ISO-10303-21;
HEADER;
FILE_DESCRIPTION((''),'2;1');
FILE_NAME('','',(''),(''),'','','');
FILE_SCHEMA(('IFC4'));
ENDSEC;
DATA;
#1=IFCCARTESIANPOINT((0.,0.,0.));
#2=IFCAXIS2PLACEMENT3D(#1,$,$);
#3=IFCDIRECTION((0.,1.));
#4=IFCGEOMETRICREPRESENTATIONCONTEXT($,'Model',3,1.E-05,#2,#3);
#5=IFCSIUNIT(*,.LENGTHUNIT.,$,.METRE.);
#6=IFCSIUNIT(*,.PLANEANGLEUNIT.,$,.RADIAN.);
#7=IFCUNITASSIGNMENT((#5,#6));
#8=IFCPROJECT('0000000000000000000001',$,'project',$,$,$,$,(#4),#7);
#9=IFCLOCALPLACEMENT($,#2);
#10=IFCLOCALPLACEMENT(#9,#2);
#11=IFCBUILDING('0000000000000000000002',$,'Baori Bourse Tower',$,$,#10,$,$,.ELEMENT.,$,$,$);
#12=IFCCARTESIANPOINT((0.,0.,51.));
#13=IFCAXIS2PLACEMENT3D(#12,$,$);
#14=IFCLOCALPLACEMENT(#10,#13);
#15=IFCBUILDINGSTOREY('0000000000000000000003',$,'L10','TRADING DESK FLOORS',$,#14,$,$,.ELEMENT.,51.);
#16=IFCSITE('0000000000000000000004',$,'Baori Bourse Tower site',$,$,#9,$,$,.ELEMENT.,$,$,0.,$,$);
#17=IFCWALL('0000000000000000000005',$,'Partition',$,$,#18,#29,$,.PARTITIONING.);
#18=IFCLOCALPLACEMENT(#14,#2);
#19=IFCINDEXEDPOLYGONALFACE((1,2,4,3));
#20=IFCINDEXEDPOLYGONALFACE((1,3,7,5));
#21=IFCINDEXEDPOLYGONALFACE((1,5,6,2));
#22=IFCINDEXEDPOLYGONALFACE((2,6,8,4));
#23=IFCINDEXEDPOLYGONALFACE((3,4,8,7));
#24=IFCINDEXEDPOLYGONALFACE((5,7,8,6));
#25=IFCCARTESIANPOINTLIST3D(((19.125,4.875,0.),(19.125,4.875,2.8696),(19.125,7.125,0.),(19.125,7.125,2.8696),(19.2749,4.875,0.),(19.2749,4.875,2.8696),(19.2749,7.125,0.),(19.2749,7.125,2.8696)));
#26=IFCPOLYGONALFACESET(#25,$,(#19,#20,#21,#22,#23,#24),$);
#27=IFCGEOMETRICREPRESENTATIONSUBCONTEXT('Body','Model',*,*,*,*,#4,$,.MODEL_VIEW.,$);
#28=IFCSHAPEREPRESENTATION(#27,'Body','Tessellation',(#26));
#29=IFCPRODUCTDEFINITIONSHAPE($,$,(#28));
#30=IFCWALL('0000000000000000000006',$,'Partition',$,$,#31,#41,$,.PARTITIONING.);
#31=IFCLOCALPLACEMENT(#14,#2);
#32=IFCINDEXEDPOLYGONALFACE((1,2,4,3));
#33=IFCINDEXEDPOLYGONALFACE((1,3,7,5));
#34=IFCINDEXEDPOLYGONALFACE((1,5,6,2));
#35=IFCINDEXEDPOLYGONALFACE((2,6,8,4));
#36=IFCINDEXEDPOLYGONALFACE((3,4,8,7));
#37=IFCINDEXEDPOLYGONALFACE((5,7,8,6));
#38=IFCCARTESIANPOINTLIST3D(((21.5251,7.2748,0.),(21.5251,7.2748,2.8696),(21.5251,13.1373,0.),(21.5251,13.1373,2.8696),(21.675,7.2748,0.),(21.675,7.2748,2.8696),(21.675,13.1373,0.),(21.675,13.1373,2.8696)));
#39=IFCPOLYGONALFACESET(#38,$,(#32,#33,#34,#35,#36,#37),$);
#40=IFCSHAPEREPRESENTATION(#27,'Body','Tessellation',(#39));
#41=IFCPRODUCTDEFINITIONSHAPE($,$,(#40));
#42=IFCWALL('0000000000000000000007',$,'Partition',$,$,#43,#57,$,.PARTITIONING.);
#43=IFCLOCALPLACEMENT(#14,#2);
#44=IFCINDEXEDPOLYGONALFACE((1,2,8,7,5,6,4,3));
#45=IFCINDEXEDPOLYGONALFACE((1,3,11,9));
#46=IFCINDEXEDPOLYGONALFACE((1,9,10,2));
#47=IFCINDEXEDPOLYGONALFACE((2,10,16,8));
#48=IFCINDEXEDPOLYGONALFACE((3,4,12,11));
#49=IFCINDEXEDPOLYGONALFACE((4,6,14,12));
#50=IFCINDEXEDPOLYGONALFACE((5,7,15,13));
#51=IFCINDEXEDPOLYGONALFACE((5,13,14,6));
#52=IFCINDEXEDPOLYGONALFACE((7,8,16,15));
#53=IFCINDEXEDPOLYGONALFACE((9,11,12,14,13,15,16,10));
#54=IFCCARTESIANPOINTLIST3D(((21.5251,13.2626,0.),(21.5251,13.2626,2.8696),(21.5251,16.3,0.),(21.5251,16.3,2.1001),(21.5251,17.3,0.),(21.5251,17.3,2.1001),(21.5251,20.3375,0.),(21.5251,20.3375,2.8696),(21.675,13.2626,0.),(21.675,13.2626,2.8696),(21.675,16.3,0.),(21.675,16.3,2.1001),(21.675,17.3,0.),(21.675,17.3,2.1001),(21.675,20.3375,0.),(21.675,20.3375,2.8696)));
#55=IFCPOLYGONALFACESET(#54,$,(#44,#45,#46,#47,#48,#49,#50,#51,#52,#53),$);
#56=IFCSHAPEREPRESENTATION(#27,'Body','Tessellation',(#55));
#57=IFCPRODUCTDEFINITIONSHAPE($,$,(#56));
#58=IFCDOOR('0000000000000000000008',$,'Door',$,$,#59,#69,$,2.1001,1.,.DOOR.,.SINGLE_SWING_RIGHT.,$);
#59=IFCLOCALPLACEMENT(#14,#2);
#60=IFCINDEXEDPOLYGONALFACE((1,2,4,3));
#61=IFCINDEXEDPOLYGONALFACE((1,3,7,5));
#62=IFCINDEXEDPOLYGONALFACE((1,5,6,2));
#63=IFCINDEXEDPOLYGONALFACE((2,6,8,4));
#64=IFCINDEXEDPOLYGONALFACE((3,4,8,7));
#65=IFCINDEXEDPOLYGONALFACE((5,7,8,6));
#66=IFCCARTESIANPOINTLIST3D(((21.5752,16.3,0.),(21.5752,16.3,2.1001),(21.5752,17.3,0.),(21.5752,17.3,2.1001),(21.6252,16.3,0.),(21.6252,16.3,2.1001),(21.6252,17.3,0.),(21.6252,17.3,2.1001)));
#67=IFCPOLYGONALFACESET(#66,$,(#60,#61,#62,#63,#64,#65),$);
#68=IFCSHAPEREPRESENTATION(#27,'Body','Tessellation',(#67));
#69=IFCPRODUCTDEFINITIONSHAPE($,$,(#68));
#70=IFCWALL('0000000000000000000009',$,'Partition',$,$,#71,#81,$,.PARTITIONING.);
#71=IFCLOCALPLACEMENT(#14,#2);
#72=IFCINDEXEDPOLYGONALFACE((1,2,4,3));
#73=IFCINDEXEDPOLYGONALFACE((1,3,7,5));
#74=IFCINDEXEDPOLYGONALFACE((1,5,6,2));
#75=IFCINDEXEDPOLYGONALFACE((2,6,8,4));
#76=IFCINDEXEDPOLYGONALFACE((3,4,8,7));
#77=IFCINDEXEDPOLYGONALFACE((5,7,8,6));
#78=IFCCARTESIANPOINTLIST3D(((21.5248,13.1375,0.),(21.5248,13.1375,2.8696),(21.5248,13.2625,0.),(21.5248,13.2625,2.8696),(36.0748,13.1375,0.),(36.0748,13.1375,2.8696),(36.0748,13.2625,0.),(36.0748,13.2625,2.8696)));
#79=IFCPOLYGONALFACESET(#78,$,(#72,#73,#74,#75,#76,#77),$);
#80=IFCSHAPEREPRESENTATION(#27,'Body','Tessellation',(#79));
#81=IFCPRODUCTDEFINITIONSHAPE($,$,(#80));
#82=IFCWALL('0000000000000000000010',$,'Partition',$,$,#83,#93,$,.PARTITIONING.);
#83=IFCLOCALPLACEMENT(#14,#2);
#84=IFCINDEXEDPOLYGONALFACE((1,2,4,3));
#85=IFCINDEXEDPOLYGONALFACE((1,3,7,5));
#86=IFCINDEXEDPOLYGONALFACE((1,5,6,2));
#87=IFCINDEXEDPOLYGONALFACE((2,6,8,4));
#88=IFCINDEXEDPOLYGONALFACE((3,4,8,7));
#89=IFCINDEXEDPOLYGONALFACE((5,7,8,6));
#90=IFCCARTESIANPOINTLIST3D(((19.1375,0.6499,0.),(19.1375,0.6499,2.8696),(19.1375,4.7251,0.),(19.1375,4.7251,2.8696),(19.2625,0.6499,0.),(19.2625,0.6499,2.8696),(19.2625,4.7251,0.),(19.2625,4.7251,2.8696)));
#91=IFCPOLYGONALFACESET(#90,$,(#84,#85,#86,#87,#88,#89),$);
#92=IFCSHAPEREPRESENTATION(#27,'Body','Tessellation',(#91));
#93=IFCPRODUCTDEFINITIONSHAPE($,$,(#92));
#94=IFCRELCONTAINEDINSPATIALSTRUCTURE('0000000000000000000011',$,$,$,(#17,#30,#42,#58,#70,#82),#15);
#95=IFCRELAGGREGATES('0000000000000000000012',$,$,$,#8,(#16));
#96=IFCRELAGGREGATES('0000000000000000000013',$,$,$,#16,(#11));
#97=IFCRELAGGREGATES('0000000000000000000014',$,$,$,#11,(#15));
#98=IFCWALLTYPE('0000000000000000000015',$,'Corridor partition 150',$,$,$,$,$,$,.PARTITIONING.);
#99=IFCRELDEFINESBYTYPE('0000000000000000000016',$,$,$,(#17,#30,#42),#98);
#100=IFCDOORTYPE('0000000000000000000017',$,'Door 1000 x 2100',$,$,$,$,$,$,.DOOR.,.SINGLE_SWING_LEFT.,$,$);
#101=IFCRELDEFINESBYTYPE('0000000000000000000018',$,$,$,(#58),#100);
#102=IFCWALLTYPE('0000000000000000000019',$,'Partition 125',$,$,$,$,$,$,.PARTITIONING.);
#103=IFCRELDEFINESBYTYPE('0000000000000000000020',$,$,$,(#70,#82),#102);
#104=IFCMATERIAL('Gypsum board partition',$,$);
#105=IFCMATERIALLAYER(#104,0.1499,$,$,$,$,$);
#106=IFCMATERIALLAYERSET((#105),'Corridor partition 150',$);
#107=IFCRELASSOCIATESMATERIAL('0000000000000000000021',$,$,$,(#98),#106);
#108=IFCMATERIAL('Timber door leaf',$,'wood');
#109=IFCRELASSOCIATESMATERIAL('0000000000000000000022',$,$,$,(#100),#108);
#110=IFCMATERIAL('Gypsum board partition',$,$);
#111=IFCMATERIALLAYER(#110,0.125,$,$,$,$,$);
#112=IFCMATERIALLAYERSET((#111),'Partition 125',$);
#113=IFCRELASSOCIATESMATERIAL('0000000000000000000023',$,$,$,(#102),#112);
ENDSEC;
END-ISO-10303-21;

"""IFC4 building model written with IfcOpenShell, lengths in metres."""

from ifc_helpers import new_model, si_unit, direction, frame, frame_2d, origin, place, context, subcontext, project, spatial, rectangle, extrude, material, layer, layer_set, type_object, element, fill, save


model = new_model("IFC4")

# Units and contexts
model_context = context("Model", 3, precision=1e-05, world=origin(), true_north=direction((0.0, 1.0)))
body_context = subcontext(model_context, "Body", "Model", "MODEL_VIEW")
ifc_project = project(units=[si_unit("LENGTHUNIT", "METRE"), si_unit("PLANEANGLEUNIT", "RADIAN")], contexts=[model_context])

# Site, building, storey
site_placement = place(None, origin())
site = spatial("IfcSite", under=ifc_project, at=site_placement, Name="Baori Bourse Tower site", CompositionType="ELEMENT", RefElevation=0.0)
building_placement = place(site_placement, origin())
building = spatial("IfcBuilding", under=site, at=building_placement, Name="Baori Bourse Tower", CompositionType="ELEMENT")
storey_placement = place(building_placement, frame((0.0, 0.0, 51.0)))
storey = spatial("IfcBuildingStorey", under=building, at=storey_placement, Name="L10", Description="TRADING DESK FLOORS", CompositionType="ELEMENT", Elevation=51.0)

# Shared definitions
ifc_material_1 = material(Name="Gypsum board partition")
ifc_layer_1 = layer(ifc_material_1, 0.1499)
ifc_layer_set_1 = layer_set([ifc_layer_1], Name="Corridor partition 150")
wall_type_1 = type_object("IfcWallType", Name="Corridor partition 150", PredefinedType="PARTITIONING", material=ifc_layer_set_1)
ifc_material_2 = material(Name="Timber door leaf", Category="wood")
door_type_1 = type_object("IfcDoorType", Name="Door 1000 x 2100", OperationType="SINGLE_SWING_LEFT", PredefinedType="DOOR", material=ifc_material_2)

# Walls
wall_1_placement = place(storey_placement, frame((19.2, 4.875, 0.0), z_axis=(0.0, 0.0, 1.0), x_axis=(0.0, 1.0, 0.0)))
element("IfcWall", 1, at=wall_1_placement, inside=storey, type_object=wall_type_1, Name="Partition", PredefinedType="PARTITIONING", context=body_context, shape_type="SweptSolid", body=[
    extrude(rectangle(XDim=2.25, YDim=0.1499, at=frame_2d((1.125, 0.0))), origin(), (0.0, 0.0, 1.0), 2.8696),
])
wall_2_placement = place(storey_placement, frame((21.6001, 7.2749, 0.0), z_axis=(0.0, 0.0, 1.0), x_axis=(0.0, 1.0, 0.0)))
element("IfcWall", 2, at=wall_2_placement, inside=storey, type_object=wall_type_1, Name="Partition", PredefinedType="PARTITIONING", context=body_context, shape_type="SweptSolid", body=[
    extrude(rectangle(XDim=5.8625, YDim=0.1499, at=frame_2d((2.9312, 0.0))), origin(), (0.0, 0.0, 1.0), 2.8696),
])

# Wall, opening, door
wall_3_placement = place(storey_placement, frame((21.6001, 13.2625, 0.0), z_axis=(0.0, 0.0, 1.0), x_axis=(0.0, 1.0, 0.0)))
wall_3 = element("IfcWall", 3, at=wall_3_placement, inside=storey, type_object=wall_type_1, Name="Partition", PredefinedType="PARTITIONING", context=body_context, shape_type="SweptSolid", body=[
    extrude(rectangle(XDim=7.075, YDim=0.1499, at=frame_2d((3.5376, 0.0))), origin(), (0.0, 0.0, 1.0), 2.8696),
])
opening_1_placement = place(wall_3_placement, frame((3.0376, 0.0, 0.0)))
opening_1 = element("IfcOpeningElement", 4, at=opening_1_placement, cuts=wall_3, PredefinedType="OPENING", context=body_context, shape_type="SweptSolid", body=[
    extrude(rectangle(XDim=1.0, YDim=2.1001, at=frame_2d((0.5, 1.05))), frame((0.0, 0.085, 0.0), z_axis=(0.0, -1.0, 0.0), x_axis=(1.0, 0.0, 0.0)), (0.0, 0.0, 1.0), 0.1699),
])
door_1_placement = place(opening_1_placement, origin())
door_1 = element("IfcDoor", 5, at=door_1_placement, inside=storey, type_object=door_type_1, Name="Door", OperationType="SINGLE_SWING_RIGHT", OverallHeight=2.1001, OverallWidth=1.0, PredefinedType="DOOR", context=body_context, shape_type="SweptSolid", body=[
    extrude(rectangle(XDim=1.0, YDim=2.1001, at=frame_2d((0.5, 1.05))), frame((0.0, 0.0249, 0.0), z_axis=(0.0, -1.0, 0.0), x_axis=(1.0, 0.0, 0.0)), (0.0, 0.0, 1.0), 0.05),
])
fill(opening_1, door_1)

# Walls
ifc_material_3 = material(Name="Gypsum board partition")
ifc_layer_2 = layer(ifc_material_3, 0.125)
ifc_layer_set_2 = layer_set([ifc_layer_2], Name="Partition 125")
wall_type_2 = type_object("IfcWallType", Name="Partition 125", PredefinedType="PARTITIONING", material=ifc_layer_set_2)
wall_4_placement = place(storey_placement, frame((21.5249, 13.2, 0.0), z_axis=(0.0, 0.0, 1.0), x_axis=(1.0, 0.0, 0.0)))
element("IfcWall", 6, at=wall_4_placement, inside=storey, type_object=wall_type_2, Name="Partition", PredefinedType="PARTITIONING", context=body_context, shape_type="SweptSolid", body=[
    extrude(rectangle(XDim=14.55, YDim=0.125, at=frame_2d((7.2749, 0.0))), origin(), (0.0, 0.0, 1.0), 2.8696),
])
wall_5_placement = place(storey_placement, frame((19.2, 0.6499, 0.0), z_axis=(0.0, 0.0, 1.0), x_axis=(0.0, 1.0, 0.0)))
element("IfcWall", 7, at=wall_5_placement, inside=storey, type_object=wall_type_2, Name="Partition", PredefinedType="PARTITIONING", context=body_context, shape_type="SweptSolid", body=[
    extrude(rectangle(XDim=4.0752, YDim=0.125, at=frame_2d((2.0376, 0.0))), origin(), (0.0, 0.0, 1.0), 2.8696),
])

save(model, "model.ifc")
